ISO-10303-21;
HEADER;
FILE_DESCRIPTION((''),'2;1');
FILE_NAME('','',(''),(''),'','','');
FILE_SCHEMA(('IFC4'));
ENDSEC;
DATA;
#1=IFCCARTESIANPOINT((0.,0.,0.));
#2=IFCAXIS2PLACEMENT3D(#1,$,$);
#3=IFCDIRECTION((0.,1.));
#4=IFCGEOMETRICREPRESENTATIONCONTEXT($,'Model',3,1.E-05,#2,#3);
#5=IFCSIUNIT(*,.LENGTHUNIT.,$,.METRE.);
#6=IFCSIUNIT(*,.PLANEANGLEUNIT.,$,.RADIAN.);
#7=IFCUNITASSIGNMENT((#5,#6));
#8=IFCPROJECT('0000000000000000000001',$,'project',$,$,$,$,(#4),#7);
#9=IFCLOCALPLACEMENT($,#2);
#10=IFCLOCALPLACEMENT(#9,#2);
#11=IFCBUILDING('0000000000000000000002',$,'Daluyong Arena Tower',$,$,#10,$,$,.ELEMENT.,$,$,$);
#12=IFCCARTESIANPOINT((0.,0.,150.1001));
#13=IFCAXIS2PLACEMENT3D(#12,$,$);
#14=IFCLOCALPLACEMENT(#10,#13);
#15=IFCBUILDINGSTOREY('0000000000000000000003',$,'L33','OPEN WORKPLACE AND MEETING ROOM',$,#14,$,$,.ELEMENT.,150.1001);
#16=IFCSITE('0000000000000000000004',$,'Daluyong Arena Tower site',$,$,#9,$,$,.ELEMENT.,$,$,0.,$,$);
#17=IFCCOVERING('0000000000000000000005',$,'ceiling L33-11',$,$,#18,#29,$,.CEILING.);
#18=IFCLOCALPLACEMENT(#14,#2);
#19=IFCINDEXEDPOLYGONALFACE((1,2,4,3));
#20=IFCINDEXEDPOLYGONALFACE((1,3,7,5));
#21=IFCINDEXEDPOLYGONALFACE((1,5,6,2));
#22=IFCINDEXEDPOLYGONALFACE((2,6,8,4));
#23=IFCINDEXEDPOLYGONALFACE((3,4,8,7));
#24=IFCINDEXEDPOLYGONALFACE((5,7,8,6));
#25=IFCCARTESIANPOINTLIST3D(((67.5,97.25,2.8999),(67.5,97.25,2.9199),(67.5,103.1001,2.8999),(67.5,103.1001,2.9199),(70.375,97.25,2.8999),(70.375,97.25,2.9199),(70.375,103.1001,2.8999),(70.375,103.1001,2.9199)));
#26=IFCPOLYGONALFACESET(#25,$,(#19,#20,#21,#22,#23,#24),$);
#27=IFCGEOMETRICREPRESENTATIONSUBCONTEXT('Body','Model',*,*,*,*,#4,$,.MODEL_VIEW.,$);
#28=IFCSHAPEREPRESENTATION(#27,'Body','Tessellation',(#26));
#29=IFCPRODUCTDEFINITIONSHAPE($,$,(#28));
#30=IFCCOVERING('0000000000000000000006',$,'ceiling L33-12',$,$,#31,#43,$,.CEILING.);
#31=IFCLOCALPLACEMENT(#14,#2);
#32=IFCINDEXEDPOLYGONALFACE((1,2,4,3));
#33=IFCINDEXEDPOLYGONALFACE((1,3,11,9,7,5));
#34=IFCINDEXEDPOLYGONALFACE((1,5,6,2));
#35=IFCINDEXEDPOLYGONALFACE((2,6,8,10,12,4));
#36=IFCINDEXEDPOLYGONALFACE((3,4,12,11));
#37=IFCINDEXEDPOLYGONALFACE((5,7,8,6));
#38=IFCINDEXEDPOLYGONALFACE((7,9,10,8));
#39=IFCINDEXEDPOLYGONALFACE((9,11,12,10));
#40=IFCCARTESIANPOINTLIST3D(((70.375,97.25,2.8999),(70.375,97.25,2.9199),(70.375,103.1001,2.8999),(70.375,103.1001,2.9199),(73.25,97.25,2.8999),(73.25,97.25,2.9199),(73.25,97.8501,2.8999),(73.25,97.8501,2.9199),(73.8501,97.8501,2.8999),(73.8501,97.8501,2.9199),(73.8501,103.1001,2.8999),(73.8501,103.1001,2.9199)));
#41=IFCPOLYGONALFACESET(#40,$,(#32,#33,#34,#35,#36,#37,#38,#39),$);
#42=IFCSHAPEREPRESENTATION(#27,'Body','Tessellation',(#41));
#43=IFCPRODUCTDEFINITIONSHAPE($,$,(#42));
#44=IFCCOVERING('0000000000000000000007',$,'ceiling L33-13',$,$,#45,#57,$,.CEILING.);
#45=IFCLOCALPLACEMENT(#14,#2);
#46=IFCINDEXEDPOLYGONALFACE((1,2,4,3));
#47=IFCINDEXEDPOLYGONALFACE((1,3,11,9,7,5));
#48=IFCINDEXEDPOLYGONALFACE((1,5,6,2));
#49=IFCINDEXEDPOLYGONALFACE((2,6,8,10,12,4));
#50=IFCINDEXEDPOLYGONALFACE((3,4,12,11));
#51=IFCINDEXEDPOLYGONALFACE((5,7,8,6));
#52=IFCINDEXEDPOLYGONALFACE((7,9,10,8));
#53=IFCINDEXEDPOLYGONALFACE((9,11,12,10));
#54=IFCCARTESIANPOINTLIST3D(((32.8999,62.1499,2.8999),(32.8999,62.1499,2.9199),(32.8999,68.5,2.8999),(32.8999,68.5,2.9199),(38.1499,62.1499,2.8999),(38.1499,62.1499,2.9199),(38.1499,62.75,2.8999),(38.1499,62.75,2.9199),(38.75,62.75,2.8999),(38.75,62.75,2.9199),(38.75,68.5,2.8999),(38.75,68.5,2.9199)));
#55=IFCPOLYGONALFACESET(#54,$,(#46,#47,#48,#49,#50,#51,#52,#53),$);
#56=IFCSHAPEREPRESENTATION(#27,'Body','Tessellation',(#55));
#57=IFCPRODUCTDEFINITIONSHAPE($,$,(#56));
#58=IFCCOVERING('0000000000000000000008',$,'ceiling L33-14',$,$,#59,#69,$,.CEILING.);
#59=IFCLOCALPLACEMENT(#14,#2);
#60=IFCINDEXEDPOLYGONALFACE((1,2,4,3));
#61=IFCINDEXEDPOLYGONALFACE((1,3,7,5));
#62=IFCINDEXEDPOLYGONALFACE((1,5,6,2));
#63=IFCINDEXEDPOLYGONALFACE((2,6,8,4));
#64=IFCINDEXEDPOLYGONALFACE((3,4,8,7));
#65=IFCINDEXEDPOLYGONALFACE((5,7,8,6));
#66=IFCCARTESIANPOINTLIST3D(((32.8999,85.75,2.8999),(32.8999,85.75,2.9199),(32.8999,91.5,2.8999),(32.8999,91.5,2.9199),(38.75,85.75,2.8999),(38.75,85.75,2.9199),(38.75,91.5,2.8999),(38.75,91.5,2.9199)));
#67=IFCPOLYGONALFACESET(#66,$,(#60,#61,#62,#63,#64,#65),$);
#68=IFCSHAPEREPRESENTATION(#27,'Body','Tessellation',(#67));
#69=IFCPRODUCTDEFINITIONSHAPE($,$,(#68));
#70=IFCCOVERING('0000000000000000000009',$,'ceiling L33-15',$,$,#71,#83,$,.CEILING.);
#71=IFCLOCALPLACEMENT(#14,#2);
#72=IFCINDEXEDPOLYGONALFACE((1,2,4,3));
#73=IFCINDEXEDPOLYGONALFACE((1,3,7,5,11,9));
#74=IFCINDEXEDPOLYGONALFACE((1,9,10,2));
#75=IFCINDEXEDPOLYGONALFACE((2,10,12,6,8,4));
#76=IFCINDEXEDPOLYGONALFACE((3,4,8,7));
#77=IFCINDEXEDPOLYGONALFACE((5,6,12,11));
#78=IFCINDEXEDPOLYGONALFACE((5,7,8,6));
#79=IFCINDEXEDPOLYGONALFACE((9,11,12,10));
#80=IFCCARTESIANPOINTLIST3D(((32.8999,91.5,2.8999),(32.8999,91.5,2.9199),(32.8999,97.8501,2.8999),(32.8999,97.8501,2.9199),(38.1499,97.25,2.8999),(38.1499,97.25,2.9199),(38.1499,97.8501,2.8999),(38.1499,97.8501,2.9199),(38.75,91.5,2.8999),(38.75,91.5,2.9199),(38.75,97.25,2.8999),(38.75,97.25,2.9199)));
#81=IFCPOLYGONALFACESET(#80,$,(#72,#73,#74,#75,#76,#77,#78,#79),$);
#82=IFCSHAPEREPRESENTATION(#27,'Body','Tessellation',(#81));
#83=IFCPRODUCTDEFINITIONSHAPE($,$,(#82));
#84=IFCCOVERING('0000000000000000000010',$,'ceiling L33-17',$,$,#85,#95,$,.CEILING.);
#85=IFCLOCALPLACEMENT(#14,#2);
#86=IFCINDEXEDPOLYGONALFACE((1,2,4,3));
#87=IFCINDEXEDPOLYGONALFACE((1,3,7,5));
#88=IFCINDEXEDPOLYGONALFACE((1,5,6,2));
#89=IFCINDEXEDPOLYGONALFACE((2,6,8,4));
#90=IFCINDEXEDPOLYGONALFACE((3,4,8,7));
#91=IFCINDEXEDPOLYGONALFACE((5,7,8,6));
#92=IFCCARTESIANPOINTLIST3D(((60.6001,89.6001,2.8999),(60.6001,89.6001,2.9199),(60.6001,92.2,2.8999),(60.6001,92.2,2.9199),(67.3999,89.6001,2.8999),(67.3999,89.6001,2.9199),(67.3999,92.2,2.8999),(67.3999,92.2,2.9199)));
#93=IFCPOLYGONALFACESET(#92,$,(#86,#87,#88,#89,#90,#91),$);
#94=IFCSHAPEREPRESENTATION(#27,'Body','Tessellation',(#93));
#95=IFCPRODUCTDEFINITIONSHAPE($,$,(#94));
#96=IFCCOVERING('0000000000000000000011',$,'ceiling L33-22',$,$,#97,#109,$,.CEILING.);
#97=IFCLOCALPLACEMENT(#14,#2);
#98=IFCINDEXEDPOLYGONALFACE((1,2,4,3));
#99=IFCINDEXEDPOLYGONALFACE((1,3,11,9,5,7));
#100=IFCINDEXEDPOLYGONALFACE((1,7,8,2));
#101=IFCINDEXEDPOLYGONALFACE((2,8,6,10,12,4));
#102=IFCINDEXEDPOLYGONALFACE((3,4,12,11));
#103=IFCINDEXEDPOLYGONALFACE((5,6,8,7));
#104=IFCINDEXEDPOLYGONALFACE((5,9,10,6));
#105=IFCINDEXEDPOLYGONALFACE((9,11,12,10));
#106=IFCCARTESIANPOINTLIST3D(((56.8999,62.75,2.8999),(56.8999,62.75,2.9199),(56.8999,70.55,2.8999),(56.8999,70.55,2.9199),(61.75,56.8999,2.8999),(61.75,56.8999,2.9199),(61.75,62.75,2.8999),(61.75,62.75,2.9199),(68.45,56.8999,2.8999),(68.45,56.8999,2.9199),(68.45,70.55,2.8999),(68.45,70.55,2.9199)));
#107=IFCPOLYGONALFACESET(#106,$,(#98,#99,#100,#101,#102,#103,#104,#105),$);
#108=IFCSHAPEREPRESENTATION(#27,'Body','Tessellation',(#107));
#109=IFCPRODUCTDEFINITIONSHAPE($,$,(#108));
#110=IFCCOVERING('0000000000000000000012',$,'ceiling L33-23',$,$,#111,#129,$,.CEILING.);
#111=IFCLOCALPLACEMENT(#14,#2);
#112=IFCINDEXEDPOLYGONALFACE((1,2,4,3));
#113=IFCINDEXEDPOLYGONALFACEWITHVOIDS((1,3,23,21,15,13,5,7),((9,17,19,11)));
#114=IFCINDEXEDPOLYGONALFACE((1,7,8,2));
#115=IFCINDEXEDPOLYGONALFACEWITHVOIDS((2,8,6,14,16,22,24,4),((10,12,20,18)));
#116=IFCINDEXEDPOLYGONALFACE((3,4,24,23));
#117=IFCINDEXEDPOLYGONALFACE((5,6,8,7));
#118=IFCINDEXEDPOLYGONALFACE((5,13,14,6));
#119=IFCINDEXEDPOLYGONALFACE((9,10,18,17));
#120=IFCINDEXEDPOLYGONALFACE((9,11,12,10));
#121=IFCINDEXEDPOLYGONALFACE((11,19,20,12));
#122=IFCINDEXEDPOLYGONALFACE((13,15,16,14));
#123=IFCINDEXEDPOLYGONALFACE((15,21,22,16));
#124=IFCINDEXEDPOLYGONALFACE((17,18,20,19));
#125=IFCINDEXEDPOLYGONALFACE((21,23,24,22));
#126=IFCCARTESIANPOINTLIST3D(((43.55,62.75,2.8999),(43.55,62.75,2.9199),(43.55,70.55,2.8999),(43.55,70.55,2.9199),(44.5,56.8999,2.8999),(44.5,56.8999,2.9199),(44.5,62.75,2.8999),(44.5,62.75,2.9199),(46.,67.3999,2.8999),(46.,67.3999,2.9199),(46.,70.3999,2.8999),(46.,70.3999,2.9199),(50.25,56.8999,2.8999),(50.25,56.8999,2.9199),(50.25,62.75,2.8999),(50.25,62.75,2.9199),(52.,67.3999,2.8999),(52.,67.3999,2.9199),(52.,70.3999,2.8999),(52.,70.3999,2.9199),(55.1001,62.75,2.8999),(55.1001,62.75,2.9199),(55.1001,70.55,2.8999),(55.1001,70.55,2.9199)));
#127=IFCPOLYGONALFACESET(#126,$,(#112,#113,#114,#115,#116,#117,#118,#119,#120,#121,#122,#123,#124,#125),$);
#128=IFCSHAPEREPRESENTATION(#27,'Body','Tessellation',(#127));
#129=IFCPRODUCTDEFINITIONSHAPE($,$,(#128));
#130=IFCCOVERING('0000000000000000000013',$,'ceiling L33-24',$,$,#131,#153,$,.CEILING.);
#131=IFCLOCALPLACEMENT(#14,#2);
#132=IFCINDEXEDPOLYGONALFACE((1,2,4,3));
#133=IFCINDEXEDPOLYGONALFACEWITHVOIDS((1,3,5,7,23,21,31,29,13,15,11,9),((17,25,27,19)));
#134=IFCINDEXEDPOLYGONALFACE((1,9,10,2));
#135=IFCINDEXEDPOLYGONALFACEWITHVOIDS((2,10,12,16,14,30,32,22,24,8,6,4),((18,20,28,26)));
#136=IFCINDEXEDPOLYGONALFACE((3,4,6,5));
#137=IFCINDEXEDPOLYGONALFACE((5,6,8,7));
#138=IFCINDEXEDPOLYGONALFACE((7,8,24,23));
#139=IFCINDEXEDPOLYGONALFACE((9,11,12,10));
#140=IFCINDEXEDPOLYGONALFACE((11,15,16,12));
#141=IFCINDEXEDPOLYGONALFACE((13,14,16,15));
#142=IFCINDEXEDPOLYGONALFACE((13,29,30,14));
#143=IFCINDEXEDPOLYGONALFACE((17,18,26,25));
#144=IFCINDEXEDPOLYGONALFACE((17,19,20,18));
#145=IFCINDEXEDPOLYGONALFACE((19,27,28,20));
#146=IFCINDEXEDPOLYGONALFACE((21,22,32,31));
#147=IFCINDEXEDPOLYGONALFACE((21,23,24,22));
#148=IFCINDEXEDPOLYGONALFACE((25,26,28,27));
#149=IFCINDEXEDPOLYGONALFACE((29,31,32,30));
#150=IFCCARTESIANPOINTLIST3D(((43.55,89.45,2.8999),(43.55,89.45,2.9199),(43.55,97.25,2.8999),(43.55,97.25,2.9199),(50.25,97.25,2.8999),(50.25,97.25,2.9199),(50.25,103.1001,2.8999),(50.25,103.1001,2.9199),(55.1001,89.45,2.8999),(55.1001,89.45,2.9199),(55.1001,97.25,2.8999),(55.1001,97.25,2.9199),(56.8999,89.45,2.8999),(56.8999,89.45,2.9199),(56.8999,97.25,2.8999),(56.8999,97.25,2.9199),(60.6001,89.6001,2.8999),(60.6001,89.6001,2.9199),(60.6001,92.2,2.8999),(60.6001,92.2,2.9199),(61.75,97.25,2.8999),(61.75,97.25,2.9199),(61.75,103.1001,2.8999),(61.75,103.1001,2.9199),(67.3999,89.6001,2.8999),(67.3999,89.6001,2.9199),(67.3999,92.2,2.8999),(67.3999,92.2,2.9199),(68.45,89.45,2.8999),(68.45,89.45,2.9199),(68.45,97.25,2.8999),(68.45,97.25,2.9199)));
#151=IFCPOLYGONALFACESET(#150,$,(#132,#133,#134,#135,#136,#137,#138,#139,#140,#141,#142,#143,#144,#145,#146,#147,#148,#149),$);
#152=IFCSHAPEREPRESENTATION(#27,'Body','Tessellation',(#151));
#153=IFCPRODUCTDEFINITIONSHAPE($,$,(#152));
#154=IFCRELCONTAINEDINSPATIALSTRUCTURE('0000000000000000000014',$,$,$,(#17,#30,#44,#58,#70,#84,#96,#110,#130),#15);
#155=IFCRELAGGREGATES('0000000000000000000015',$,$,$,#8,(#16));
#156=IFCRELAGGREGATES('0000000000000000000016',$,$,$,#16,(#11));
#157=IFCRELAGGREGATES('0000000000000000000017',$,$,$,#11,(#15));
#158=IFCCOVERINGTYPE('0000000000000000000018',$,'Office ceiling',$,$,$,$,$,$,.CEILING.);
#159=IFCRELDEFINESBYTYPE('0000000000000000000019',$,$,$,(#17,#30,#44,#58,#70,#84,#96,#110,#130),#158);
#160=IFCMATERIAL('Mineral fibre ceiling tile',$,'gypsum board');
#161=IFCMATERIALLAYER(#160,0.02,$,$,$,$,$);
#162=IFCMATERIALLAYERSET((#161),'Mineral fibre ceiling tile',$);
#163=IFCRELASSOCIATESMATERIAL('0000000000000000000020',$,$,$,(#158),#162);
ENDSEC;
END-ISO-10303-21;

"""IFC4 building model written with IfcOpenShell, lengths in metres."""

from ifc_helpers import new_model, si_unit, direction, frame, origin, place, context, subcontext, project, spatial, polyline, outline, extrude, material, layer, layer_set, type_object, element, save


model = new_model("IFC4")

# Units and contexts
model_context = context("Model", 3, precision=1e-05, world=origin(), true_north=direction((0.0, 1.0)))
body_context = subcontext(model_context, "Body", "Model", "MODEL_VIEW")
ifc_project = project(units=[si_unit("LENGTHUNIT", "METRE"), si_unit("PLANEANGLEUNIT", "RADIAN")], contexts=[model_context])

# Site, building, storey
site_placement = place(None, origin())
site = spatial("IfcSite", under=ifc_project, at=site_placement, Name="Daluyong Arena Tower site", CompositionType="ELEMENT", RefElevation=0.0)
building_placement = place(site_placement, origin())
building = spatial("IfcBuilding", under=site, at=building_placement, Name="Daluyong Arena Tower", CompositionType="ELEMENT")
storey_placement = place(building_placement, frame((0.0, 0.0, 150.1001)))
storey = spatial("IfcBuildingStorey", under=building, at=storey_placement, Name="L33", Description="OPEN WORKPLACE AND MEETING ROOM", CompositionType="ELEMENT", Elevation=150.1001)

# Coverings
ifc_material_1 = material(Name="Mineral fibre ceiling tile", Category="gypsum board")
ifc_layer_1 = layer(ifc_material_1, 0.02)
ifc_layer_set_1 = layer_set([ifc_layer_1], Name="Mineral fibre ceiling tile")
covering_type = type_object("IfcCoveringType", Name="Office ceiling", PredefinedType="CEILING", material=ifc_layer_set_1)
covering_1_placement = place(storey_placement, frame((0.0, 0.0, 2.8999)))
element("IfcCovering", 1, at=covering_1_placement, inside=storey, type_object=covering_type, Name="ceiling L33-11", PredefinedType="CEILING", context=body_context, shape_type="SweptSolid", body=[
    extrude(outline(polyline([(70.375, 97.25), (70.375, 103.1001), (67.5, 103.1001), (67.5, 97.25), (70.375, 97.25)])), origin(), (0.0, 0.0, 1.0), 0.02),
])
covering_2_placement = place(storey_placement, frame((0.0, 0.0, 2.8999)))
element("IfcCovering", 2, at=covering_2_placement, inside=storey, type_object=covering_type, Name="ceiling L33-12", PredefinedType="CEILING", context=body_context, shape_type="SweptSolid", body=[
    extrude(outline(polyline([(70.375, 97.25), (73.25, 97.25), (73.25, 97.8501), (73.8501, 97.8501), (73.8501, 103.1001), (70.375, 103.1001), (70.375, 97.25)])), origin(), (0.0, 0.0, 1.0), 0.02),
])
covering_3_placement = place(storey_placement, frame((0.0, 0.0, 2.8999)))
element("IfcCovering", 3, at=covering_3_placement, inside=storey, type_object=covering_type, Name="ceiling L33-13", PredefinedType="CEILING", context=body_context, shape_type="SweptSolid", body=[
    extrude(outline(polyline([(32.8999, 62.1499), (38.1499, 62.1499), (38.1499, 62.75), (38.75, 62.75), (38.75, 68.5), (32.8999, 68.5), (32.8999, 62.1499)])), origin(), (0.0, 0.0, 1.0), 0.02),
])
covering_4_placement = place(storey_placement, frame((0.0, 0.0, 2.8999)))
element("IfcCovering", 4, at=covering_4_placement, inside=storey, type_object=covering_type, Name="ceiling L33-14", PredefinedType="CEILING", context=body_context, shape_type="SweptSolid", body=[
    extrude(outline(polyline([(38.75, 91.5), (32.8999, 91.5), (32.8999, 85.75), (38.75, 85.75), (38.75, 91.5)])), origin(), (0.0, 0.0, 1.0), 0.02),
])
covering_5_placement = place(storey_placement, frame((0.0, 0.0, 2.8999)))
element("IfcCovering", 5, at=covering_5_placement, inside=storey, type_object=covering_type, Name="ceiling L33-15", PredefinedType="CEILING", context=body_context, shape_type="SweptSolid", body=[
    extrude(outline(polyline([(38.75, 91.5), (38.75, 97.25), (38.1499, 97.25), (38.1499, 97.8501), (32.8999, 97.8501), (32.8999, 91.5), (38.75, 91.5)])), origin(), (0.0, 0.0, 1.0), 0.02),
])
covering_6_placement = place(storey_placement, frame((0.0, 0.0, 2.8999)))
element("IfcCovering", 6, at=covering_6_placement, inside=storey, type_object=covering_type, Name="ceiling L33-17", PredefinedType="CEILING", context=body_context, shape_type="SweptSolid", body=[
    extrude(outline(polyline([(60.6001, 89.6001), (67.3999, 89.6001), (67.3999, 92.2), (60.6001, 92.2), (60.6001, 89.6001)])), origin(), (0.0, 0.0, 1.0), 0.02),
])
covering_7_placement = place(storey_placement, frame((0.0, 0.0, 2.8999)))
element("IfcCovering", 7, at=covering_7_placement, inside=storey, type_object=covering_type, Name="ceiling L33-22", PredefinedType="CEILING", context=body_context, shape_type="SweptSolid", body=[
    extrude(outline(polyline([(61.75, 56.8999), (68.45, 56.8999), (68.45, 70.55), (56.8999, 70.55), (56.8999, 62.75), (61.75, 62.75), (61.75, 56.8999)])), origin(), (0.0, 0.0, 1.0), 0.02),
])
covering_8_placement = place(storey_placement, frame((0.0, 0.0, 2.8999)))
element("IfcCovering", 8, at=covering_8_placement, inside=storey, type_object=covering_type, Name="ceiling L33-23", PredefinedType="CEILING", context=body_context, shape_type="SweptSolid", body=[
    extrude(outline(polyline([(55.1001, 70.55), (43.55, 70.55), (43.55, 62.75), (44.5, 62.75), (44.5, 56.8999), (50.25, 56.8999), (50.25, 62.75), (55.1001, 62.75), (55.1001, 70.55)]), holes=[polyline([(52.0, 70.3999), (52.0, 67.3999), (46.0, 67.3999), (46.0, 70.3999), (52.0, 70.3999)])]), origin(), (0.0, 0.0, 1.0), 0.02),
])
covering_9_placement = place(storey_placement, frame((0.0, 0.0, 2.8999)))
element("IfcCovering", 9, at=covering_9_placement, inside=storey, type_object=covering_type, Name="ceiling L33-24", PredefinedType="CEILING", context=body_context, shape_type="SweptSolid", body=[
    extrude(outline(polyline([(50.25, 97.25), (43.55, 97.25), (43.55, 89.45), (55.1001, 89.45), (55.1001, 97.25), (56.8999, 97.25), (56.8999, 89.45), (68.45, 89.45), (68.45, 97.25), (61.75, 97.25), (61.75, 103.1001), (50.25, 103.1001), (50.25, 97.25)]), holes=[polyline([(67.3999, 92.2), (67.3999, 89.6001), (60.6001, 89.6001), (60.6001, 92.2), (67.3999, 92.2)])]), origin(), (0.0, 0.0, 1.0), 0.02),
])

save(model, "model.ifc")
